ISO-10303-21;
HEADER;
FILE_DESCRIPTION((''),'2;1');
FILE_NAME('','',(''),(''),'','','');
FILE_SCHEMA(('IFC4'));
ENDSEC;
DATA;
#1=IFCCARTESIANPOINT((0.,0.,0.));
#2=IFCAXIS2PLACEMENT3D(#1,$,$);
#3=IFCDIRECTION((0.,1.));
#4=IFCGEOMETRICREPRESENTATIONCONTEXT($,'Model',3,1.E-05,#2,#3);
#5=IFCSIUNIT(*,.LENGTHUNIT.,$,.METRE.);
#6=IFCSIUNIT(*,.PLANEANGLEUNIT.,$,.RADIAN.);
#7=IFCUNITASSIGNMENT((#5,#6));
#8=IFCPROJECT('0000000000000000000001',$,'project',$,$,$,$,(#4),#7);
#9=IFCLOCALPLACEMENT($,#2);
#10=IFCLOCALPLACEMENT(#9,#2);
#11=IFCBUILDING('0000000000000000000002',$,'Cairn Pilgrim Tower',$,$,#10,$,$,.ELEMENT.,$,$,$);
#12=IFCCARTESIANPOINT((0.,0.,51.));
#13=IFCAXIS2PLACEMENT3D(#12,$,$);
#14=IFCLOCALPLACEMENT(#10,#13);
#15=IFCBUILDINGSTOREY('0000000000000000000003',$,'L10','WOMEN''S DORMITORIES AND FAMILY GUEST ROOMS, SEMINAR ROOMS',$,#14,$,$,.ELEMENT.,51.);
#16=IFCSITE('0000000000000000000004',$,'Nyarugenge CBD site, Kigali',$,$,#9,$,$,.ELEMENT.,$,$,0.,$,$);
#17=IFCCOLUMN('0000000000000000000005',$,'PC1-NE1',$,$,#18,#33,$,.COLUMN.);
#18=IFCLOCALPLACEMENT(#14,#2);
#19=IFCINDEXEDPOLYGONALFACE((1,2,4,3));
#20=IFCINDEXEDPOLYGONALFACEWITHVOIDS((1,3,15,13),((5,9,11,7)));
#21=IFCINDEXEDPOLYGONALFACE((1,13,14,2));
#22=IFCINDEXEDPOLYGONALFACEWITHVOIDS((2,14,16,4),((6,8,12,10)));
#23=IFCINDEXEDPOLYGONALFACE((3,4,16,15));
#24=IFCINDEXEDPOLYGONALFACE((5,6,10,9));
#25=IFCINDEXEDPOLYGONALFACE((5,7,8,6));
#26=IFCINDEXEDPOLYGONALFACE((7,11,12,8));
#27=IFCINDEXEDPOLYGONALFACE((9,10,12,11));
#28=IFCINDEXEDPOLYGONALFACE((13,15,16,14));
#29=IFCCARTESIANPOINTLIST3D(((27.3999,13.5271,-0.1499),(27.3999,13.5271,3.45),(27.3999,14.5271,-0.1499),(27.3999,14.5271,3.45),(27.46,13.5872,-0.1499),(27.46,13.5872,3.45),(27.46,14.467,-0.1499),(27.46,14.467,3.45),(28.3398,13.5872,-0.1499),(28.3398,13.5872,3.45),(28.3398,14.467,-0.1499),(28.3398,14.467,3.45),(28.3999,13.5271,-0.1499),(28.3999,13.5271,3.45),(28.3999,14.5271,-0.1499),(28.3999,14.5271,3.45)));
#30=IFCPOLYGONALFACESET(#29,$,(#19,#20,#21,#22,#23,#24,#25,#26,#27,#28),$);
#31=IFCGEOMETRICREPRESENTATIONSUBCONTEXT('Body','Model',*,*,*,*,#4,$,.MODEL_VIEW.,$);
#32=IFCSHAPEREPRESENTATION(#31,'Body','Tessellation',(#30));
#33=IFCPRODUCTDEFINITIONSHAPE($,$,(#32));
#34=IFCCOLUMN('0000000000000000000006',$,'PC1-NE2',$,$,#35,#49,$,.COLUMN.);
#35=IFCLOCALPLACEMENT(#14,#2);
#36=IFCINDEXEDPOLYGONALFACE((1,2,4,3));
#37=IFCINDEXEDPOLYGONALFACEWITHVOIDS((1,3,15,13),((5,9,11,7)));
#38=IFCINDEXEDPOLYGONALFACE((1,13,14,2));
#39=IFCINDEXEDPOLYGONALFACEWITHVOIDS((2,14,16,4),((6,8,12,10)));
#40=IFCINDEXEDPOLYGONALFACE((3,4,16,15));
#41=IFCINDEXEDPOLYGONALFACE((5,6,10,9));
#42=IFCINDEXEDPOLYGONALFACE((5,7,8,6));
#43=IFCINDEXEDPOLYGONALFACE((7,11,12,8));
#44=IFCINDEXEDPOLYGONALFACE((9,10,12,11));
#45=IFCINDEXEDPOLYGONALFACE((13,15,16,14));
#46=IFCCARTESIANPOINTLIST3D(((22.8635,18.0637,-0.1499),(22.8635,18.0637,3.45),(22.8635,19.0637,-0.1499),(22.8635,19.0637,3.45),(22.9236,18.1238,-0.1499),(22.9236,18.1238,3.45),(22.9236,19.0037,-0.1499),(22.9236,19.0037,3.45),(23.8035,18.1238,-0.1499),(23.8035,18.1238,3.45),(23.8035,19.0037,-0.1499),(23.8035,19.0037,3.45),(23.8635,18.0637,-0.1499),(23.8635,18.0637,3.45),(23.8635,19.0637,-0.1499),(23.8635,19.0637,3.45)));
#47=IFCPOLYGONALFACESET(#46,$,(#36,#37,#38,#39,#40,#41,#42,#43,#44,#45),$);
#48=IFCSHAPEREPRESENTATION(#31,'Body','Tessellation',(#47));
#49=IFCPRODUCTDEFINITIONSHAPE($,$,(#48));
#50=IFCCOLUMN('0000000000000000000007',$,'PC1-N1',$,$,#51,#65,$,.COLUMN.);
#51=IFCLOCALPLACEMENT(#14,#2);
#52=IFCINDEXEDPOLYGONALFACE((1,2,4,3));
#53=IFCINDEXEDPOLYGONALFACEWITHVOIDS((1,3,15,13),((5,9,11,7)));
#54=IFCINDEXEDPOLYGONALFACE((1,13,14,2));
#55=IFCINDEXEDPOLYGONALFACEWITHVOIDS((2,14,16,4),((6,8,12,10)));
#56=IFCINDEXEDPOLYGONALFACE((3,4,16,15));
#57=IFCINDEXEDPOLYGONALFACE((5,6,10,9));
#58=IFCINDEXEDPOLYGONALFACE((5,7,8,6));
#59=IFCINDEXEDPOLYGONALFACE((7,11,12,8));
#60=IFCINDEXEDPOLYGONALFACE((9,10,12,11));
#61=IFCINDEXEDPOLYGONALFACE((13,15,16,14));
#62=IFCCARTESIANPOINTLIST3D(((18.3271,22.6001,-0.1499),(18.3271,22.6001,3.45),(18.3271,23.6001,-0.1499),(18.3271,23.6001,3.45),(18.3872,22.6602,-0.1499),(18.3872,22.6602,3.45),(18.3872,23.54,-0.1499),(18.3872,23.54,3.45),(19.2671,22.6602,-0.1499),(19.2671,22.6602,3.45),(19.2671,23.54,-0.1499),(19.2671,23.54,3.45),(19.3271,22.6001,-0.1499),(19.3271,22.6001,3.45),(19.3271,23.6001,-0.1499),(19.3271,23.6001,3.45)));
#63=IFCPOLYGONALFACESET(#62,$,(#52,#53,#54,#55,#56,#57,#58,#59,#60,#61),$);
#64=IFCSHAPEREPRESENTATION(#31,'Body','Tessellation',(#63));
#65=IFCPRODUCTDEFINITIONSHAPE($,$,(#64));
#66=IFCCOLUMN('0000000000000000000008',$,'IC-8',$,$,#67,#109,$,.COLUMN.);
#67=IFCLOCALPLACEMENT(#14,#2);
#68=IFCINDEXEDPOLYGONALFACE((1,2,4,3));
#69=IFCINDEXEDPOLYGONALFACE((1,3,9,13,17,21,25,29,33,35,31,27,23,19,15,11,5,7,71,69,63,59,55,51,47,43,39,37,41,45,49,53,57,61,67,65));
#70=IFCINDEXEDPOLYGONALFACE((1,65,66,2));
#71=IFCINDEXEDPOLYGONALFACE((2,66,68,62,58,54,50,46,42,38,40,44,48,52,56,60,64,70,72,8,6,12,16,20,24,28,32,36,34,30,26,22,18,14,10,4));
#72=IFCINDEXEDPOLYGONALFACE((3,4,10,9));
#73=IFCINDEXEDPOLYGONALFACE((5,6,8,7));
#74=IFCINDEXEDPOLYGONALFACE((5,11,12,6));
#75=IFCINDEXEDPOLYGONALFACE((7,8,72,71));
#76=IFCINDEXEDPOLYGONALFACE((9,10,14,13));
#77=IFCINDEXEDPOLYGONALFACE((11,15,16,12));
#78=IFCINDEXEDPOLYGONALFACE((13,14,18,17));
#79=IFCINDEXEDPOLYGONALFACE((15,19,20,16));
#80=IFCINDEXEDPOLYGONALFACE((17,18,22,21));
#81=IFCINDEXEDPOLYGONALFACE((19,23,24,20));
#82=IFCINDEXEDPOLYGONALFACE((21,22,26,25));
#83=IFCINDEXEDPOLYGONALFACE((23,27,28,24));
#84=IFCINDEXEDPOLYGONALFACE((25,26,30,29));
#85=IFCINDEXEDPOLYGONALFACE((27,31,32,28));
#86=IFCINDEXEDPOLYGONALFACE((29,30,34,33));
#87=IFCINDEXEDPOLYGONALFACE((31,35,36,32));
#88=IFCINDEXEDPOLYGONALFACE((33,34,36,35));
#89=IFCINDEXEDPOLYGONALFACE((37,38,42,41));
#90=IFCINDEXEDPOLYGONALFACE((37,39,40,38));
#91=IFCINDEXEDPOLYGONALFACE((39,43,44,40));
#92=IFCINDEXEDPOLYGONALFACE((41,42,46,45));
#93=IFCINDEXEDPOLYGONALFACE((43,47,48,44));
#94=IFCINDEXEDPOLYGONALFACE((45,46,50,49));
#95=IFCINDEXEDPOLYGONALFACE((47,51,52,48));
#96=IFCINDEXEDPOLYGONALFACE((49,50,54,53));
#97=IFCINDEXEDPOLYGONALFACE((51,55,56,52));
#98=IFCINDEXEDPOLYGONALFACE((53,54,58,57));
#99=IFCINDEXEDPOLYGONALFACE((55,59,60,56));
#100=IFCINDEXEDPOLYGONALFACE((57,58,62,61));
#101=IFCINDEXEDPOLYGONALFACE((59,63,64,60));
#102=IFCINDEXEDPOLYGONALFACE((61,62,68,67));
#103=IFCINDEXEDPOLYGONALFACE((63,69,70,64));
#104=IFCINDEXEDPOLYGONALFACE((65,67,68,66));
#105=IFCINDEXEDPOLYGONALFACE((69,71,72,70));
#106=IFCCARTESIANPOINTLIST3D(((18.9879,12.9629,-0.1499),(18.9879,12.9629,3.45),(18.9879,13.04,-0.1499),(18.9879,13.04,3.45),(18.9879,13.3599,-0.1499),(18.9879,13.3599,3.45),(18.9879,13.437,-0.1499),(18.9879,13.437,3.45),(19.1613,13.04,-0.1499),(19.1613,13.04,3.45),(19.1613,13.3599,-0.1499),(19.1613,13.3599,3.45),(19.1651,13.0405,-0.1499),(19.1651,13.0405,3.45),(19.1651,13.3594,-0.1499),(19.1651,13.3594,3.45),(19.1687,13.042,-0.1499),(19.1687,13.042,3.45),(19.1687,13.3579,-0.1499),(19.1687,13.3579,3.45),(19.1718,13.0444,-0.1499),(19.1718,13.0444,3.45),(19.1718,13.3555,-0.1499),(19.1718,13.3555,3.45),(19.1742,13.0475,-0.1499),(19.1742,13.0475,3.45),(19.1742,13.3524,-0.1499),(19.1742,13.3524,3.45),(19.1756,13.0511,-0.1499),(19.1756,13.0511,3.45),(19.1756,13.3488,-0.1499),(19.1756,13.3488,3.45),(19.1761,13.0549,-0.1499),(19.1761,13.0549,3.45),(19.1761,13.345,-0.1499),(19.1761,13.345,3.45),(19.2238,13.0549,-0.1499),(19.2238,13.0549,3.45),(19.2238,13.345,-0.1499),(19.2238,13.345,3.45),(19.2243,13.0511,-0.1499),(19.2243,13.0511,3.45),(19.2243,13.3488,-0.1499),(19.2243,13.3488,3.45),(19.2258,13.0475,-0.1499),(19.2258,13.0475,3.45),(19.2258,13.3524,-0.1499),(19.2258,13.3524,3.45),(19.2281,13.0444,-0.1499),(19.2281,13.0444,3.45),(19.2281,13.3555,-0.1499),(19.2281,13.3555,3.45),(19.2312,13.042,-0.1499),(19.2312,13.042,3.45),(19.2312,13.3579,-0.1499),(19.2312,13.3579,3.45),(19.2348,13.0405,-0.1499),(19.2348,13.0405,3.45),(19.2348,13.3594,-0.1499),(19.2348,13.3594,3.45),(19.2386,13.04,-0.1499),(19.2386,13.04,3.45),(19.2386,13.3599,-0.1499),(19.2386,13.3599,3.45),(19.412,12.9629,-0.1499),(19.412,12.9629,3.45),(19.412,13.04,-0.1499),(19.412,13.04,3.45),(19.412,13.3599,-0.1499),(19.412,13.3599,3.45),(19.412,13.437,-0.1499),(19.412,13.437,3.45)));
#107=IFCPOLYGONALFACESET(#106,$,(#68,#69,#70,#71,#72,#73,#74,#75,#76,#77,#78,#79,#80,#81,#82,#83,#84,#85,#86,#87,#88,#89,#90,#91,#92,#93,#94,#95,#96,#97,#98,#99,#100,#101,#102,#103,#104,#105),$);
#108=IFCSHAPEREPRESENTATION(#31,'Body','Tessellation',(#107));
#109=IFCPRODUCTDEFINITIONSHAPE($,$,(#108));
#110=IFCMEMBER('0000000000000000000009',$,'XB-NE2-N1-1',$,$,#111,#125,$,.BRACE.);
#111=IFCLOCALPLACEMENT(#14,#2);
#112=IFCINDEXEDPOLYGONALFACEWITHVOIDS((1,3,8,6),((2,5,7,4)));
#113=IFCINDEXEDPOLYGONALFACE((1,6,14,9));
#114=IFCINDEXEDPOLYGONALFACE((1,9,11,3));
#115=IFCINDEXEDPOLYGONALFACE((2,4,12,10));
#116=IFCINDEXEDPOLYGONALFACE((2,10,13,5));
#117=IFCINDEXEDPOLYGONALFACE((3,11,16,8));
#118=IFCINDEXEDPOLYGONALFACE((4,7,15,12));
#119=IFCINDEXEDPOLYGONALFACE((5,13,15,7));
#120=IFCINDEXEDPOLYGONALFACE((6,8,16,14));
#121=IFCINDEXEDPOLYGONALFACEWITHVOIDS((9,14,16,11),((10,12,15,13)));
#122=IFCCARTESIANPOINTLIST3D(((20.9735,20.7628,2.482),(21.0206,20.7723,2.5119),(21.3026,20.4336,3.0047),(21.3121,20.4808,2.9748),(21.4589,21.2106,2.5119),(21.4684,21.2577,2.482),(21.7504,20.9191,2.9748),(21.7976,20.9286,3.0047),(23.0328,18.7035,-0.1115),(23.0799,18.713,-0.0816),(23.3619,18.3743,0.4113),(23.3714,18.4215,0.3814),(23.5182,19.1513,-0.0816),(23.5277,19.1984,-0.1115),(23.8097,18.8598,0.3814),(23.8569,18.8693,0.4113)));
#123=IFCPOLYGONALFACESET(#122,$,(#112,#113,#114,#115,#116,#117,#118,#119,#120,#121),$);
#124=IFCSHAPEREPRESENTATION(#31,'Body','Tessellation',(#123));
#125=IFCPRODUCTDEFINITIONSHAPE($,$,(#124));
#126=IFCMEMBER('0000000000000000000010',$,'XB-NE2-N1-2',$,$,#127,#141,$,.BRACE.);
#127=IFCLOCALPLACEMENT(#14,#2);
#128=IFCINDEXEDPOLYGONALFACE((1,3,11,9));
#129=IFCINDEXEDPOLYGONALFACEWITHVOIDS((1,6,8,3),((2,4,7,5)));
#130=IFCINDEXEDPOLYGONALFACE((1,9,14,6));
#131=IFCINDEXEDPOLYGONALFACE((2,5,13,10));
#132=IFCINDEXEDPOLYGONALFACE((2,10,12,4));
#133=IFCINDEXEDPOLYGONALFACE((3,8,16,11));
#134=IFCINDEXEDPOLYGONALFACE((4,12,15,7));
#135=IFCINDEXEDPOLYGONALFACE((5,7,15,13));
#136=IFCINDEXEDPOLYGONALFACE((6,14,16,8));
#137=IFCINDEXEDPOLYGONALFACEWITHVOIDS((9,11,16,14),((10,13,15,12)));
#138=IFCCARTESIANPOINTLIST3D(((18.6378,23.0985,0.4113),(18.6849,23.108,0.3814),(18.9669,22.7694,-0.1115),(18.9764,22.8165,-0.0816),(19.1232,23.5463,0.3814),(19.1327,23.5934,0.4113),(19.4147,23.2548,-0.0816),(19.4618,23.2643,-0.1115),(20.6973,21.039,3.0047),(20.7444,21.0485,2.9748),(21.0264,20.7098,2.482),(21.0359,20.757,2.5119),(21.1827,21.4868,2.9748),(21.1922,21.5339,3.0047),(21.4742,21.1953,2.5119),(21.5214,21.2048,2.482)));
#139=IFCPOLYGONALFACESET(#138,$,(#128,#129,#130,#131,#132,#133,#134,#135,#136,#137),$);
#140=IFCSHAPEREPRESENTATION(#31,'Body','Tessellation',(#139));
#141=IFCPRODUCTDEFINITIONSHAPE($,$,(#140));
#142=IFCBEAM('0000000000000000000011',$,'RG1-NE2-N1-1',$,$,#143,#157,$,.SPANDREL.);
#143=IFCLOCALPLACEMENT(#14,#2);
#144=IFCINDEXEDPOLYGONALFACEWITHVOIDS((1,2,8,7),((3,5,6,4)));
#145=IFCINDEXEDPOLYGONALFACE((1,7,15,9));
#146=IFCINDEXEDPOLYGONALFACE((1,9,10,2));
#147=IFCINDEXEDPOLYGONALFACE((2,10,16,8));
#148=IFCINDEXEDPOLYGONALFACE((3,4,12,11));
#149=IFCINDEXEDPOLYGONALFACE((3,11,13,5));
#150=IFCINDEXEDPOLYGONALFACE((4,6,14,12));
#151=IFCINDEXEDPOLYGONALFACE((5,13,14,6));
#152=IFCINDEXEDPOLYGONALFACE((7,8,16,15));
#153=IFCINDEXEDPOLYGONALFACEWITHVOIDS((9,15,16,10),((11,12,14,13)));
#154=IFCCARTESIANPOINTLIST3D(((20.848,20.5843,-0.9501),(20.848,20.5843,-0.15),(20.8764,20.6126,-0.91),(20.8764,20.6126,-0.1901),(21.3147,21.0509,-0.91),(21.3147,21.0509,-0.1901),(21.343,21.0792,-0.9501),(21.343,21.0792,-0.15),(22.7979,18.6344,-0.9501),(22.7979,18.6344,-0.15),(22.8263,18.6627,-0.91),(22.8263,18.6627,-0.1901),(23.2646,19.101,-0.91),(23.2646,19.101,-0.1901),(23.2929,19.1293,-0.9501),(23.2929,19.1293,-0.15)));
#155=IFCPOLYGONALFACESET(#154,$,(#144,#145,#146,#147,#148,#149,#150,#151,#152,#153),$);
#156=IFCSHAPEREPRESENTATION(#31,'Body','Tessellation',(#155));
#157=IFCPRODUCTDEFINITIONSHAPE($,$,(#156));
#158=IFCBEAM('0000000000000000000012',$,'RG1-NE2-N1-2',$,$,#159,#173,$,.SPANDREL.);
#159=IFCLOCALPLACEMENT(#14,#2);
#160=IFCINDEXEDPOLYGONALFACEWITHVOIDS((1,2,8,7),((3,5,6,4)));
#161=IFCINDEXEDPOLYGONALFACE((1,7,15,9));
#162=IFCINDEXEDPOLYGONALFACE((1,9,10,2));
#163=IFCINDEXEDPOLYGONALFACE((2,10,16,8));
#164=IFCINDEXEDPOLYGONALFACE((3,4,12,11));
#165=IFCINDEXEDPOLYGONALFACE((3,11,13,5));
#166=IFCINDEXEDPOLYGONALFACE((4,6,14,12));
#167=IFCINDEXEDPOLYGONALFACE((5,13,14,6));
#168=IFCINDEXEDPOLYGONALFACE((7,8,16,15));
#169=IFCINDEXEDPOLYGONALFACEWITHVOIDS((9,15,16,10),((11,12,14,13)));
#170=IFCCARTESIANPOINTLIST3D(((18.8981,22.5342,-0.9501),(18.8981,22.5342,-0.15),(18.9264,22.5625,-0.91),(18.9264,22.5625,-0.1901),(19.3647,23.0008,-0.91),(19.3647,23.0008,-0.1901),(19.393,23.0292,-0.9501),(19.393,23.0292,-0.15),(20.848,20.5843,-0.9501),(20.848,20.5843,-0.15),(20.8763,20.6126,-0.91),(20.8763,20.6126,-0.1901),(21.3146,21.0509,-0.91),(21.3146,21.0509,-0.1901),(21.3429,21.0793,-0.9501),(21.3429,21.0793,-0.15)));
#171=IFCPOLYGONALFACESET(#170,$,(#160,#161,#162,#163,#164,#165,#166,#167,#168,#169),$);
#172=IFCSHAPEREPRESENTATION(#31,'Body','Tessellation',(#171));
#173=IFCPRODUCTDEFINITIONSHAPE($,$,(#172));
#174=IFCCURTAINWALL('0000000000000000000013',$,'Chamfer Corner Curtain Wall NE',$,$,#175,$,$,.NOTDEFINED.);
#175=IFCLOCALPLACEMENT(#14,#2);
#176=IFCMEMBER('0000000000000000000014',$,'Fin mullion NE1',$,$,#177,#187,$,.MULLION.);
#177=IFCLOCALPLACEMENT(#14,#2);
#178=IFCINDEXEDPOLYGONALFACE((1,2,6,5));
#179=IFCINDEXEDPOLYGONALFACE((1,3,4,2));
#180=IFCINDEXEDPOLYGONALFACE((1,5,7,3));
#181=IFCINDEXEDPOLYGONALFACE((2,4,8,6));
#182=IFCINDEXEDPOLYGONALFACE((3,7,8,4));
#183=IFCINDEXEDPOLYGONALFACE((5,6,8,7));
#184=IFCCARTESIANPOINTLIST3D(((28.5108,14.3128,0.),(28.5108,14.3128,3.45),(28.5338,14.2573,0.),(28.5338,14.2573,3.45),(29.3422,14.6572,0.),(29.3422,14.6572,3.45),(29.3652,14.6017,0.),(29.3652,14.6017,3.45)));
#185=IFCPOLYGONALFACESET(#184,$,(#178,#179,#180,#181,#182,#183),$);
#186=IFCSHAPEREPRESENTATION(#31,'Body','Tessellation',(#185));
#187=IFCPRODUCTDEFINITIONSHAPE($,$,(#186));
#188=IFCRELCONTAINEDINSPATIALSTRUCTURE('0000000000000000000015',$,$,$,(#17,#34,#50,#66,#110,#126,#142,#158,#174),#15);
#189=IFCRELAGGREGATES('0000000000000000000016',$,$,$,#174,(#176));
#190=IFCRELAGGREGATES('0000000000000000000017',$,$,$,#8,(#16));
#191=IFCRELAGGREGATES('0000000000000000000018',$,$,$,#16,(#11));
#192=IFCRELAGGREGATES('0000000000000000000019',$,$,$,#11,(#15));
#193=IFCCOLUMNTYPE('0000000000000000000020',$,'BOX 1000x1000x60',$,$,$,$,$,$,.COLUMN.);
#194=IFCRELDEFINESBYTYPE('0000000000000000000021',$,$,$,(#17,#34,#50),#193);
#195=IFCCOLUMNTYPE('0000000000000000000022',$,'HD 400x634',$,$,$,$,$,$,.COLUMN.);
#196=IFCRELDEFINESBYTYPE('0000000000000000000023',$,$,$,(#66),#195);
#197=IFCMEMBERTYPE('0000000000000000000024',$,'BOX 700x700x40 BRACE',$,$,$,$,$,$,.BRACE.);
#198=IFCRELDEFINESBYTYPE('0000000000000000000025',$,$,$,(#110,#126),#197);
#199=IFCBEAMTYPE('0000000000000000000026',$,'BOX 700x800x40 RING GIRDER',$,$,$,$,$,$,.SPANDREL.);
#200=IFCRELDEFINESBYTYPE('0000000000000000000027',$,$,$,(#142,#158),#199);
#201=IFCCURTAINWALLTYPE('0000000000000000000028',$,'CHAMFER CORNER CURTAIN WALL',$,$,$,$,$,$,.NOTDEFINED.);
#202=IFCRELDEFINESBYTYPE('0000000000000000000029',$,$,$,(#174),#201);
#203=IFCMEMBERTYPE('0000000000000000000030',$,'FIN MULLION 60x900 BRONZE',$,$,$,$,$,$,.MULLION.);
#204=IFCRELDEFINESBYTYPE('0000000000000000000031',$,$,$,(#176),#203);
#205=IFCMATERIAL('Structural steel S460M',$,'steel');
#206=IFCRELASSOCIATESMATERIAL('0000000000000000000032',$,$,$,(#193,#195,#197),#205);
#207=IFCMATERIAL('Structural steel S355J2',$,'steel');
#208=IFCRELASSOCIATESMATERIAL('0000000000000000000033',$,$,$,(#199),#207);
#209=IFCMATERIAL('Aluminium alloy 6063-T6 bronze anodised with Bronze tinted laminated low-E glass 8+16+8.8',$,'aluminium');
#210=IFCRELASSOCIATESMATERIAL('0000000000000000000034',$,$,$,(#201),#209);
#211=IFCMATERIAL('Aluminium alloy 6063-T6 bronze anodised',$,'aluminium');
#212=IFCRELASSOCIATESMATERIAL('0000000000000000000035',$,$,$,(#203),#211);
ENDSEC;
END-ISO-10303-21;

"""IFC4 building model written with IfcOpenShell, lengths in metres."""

from ifc_helpers import new_model, si_unit, direction, frame, origin, origin_2d, place, context, subcontext, project, spatial, rectangle, hollow_rectangle, i_section, extrude, material, material_profile, profile_set, type_object, element, aggregate, save


model = new_model("IFC4")

# Units and contexts
model_context = context("Model", 3, precision=1e-05, world=origin(), true_north=direction((0.0, 1.0)))
body_context = subcontext(model_context, "Body", "Model", "MODEL_VIEW")
ifc_project = project(units=[si_unit("LENGTHUNIT", "METRE"), si_unit("PLANEANGLEUNIT", "RADIAN")], contexts=[model_context])

# Site, building, storey
site_placement = place(None, origin())
site = spatial("IfcSite", under=ifc_project, at=site_placement, Name="Nyarugenge CBD site, Kigali", CompositionType="ELEMENT", RefElevation=0.0)
building_placement = place(site_placement, origin())
building = spatial("IfcBuilding", under=site, at=building_placement, Name="Cairn Pilgrim Tower", CompositionType="ELEMENT")
storey_placement = place(building_placement, frame((0.0, 0.0, 51.0)))
storey = spatial("IfcBuildingStorey", under=building, at=storey_placement, Name="L10", Description="WOMEN'S DORMITORIES AND FAMILY GUEST ROOMS, SEMINAR ROOMS", CompositionType="ELEMENT", Elevation=51.0)

# Columns
ifc_material_1 = material(Name="Structural steel S460M", Category="steel")
ifc_material_profile_1 = material_profile(ifc_material_1, hollow_rectangle(XDim=1.0, YDim=1.0, WallThickness=0.0601, at=origin_2d()), Name="BOX 1000x1000x60")
ifc_profile_set_1 = profile_set([ifc_material_profile_1], Name="Structural steel S460M")
column_type_1 = type_object("IfcColumnType", Name="BOX 1000x1000x60", PredefinedType="COLUMN", material=ifc_profile_set_1)
for number, where, z_axis, x_axis, name in (
    (1, (27.8999, 14.0271, -0.1499), (0.0, 0.0, 1.0), (1.0, 0.0, 0.0), "PC1-NE1"),
    (2, (23.3635, 18.5637, -0.1499), (0.0, 0.0, 1.0), (1.0, 0.0, 0.0), "PC1-NE2"),
    (3, (18.8271, 23.1001, -0.1499), (0.0, 0.0, 1.0), (1.0, 0.0, 0.0), "PC1-N1"),
):
    element("IfcColumn", number, at=place(storey_placement, frame(where, z_axis=z_axis, x_axis=x_axis)), inside=storey, type_object=column_type_1, Name=name, PredefinedType="COLUMN", context=body_context, shape_type="SweptSolid", body=[
        extrude(hollow_rectangle(XDim=1.0, YDim=1.0, WallThickness=0.0601, at=origin_2d()), origin(), (0.0, 0.0, 1.0), 3.5999),
    ])
ifc_material_profile_2 = material_profile(ifc_material_1, i_section(OverallWidth=0.4241, OverallDepth=0.4741, WebThickness=0.0476, FlangeThickness=0.0771, FilletRadius=0.0149, at=origin_2d()), Name="HD 400x634")
ifc_profile_set_2 = profile_set([ifc_material_profile_2], Name="Structural steel S460M")
column_type_2 = type_object("IfcColumnType", Name="HD 400x634", PredefinedType="COLUMN", material=ifc_profile_set_2)
column_placement = place(storey_placement, frame((19.2, 13.2, -0.1499), z_axis=(0.0, 0.0, 1.0), x_axis=(1.0, 0.0, 0.0)))
element("IfcColumn", 4, at=column_placement, inside=storey, type_object=column_type_2, Name="IC-8", PredefinedType="COLUMN", context=body_context, shape_type="SweptSolid", body=[
    extrude(i_section(OverallWidth=0.4241, OverallDepth=0.4741, WebThickness=0.0476, FlangeThickness=0.0771, FilletRadius=0.0149, at=origin_2d()), origin(), (0.0, 0.0, 1.0), 3.5999),
])

# Members
ifc_material_profile_3 = material_profile(ifc_material_1, hollow_rectangle(XDim=0.7, YDim=0.7, WallThickness=0.04, at=origin_2d()), Name="BOX 700x700x40")
ifc_profile_set_3 = profile_set([ifc_material_profile_3], Name="Structural steel S460M")
member_type_1 = type_object("IfcMemberType", Name="BOX 700x700x40 BRACE", PredefinedType="BRACE", material=ifc_profile_set_3)
member_1_placement = place(storey_placement, frame((23.4448, 18.7864, 0.1499), z_axis=(-0.528068, 0.528068, 0.665047), x_axis=(-0.707107, -0.707107, 0.0)))
element("IfcMember", 5, at=member_1_placement, inside=storey, type_object=member_type_1, Name="XB-NE2-N1-1", PredefinedType="BRACE", context=body_context, shape_type="SweptSolid", body=[
    extrude(hollow_rectangle(XDim=0.7, YDim=0.7, WallThickness=0.04, at=origin_2d()), origin(), (0.0, 0.0, 1.0), 3.8997),
])
member_2_placement = place(storey_placement, frame((19.0498, 23.1814, 0.1499), z_axis=(0.528096, -0.528096, 0.665003), x_axis=(0.707107, 0.707107, 0.0)))
element("IfcMember", 6, at=member_2_placement, inside=storey, type_object=member_type_1, Name="XB-NE2-N1-2", PredefinedType="BRACE", context=body_context, shape_type="SweptSolid", body=[
    extrude(hollow_rectangle(XDim=0.7, YDim=0.7, WallThickness=0.04, at=origin_2d()), origin(), (0.0, 0.0, 1.0), 3.8999),
])

# Beams
ifc_material_2 = material(Name="Structural steel S355J2", Category="steel")
ifc_material_profile_4 = material_profile(ifc_material_2, hollow_rectangle(XDim=0.7, YDim=0.8, WallThickness=0.04, at=origin_2d()), Name="BOX 700x800x40")
ifc_profile_set_4 = profile_set([ifc_material_profile_4], Name="Structural steel S355J2")
beam_type_1 = type_object("IfcBeamType", Name="BOX 700x800x40 RING GIRDER", PredefinedType="SPANDREL", material=ifc_profile_set_4)
for number, where, z_axis, x_axis, name in (
    (7, (23.0454, 18.8818, -0.55), (-0.707107, 0.707107, 0.0), (-0.707107, -0.707107, 0.0), "RG1-NE2-N1-1"),
    (8, (21.0955, 20.8318, -0.55), (-0.707107, 0.707107, 0.0), (-0.707107, -0.707107, 0.0), "RG1-NE2-N1-2"),
):
    element("IfcBeam", number, at=place(storey_placement, frame(where, z_axis=z_axis, x_axis=x_axis)), inside=storey, type_object=beam_type_1, Name=name, PredefinedType="SPANDREL", context=body_context, shape_type="SweptSolid", body=[
        extrude(hollow_rectangle(XDim=0.7, YDim=0.8, WallThickness=0.04, at=origin_2d()), origin(), (0.0, 0.0, 1.0), 2.7576),
    ])

# Curtain wall, member
ifc_material_3 = material(Name="Aluminium alloy 6063-T6 bronze anodised with Bronze tinted laminated low-E glass 8+16+8.8", Category="aluminium")
curtain_wall_type_1 = type_object("IfcCurtainWallType", Name="CHAMFER CORNER CURTAIN WALL", PredefinedType="NOTDEFINED", material=ifc_material_3)
curtain_wall_1_placement = place(storey_placement, origin())
curtain_wall_1 = element("IfcCurtainWall", 9, at=curtain_wall_1_placement, inside=storey, type_object=curtain_wall_type_1, Name="Chamfer Corner Curtain Wall NE", PredefinedType="NOTDEFINED")
ifc_material_4 = material(Name="Aluminium alloy 6063-T6 bronze anodised", Category="aluminium")
ifc_material_profile_5 = material_profile(ifc_material_4, rectangle(XDim=0.8999, YDim=0.0601, at=origin_2d()), Name="FIN MULLION 60x900 BRONZE")
ifc_profile_set_5 = profile_set([ifc_material_profile_5], Name="Aluminium alloy 6063-T6 bronze anodised")
member_type_2 = type_object("IfcMemberType", Name="FIN MULLION 60x900 BRONZE", PredefinedType="MULLION", material=ifc_profile_set_5)
member_3_placement = place(storey_placement, frame((28.938, 14.4573, 0.0), z_axis=(0.0, 0.0, 1.0), x_axis=(0.92388, 0.382683, 0.0)))
member_3 = element("IfcMember", 10, at=member_3_placement, type_object=member_type_2, Name="Fin mullion NE1", PredefinedType="MULLION", context=body_context, shape_type="SweptSolid", body=[
    extrude(rectangle(XDim=0.8999, YDim=0.0601, at=origin_2d()), origin(), (0.0, 0.0, 1.0), 3.45),
])

aggregate(curtain_wall_1, [member_3])

save(model, "model.ifc")
